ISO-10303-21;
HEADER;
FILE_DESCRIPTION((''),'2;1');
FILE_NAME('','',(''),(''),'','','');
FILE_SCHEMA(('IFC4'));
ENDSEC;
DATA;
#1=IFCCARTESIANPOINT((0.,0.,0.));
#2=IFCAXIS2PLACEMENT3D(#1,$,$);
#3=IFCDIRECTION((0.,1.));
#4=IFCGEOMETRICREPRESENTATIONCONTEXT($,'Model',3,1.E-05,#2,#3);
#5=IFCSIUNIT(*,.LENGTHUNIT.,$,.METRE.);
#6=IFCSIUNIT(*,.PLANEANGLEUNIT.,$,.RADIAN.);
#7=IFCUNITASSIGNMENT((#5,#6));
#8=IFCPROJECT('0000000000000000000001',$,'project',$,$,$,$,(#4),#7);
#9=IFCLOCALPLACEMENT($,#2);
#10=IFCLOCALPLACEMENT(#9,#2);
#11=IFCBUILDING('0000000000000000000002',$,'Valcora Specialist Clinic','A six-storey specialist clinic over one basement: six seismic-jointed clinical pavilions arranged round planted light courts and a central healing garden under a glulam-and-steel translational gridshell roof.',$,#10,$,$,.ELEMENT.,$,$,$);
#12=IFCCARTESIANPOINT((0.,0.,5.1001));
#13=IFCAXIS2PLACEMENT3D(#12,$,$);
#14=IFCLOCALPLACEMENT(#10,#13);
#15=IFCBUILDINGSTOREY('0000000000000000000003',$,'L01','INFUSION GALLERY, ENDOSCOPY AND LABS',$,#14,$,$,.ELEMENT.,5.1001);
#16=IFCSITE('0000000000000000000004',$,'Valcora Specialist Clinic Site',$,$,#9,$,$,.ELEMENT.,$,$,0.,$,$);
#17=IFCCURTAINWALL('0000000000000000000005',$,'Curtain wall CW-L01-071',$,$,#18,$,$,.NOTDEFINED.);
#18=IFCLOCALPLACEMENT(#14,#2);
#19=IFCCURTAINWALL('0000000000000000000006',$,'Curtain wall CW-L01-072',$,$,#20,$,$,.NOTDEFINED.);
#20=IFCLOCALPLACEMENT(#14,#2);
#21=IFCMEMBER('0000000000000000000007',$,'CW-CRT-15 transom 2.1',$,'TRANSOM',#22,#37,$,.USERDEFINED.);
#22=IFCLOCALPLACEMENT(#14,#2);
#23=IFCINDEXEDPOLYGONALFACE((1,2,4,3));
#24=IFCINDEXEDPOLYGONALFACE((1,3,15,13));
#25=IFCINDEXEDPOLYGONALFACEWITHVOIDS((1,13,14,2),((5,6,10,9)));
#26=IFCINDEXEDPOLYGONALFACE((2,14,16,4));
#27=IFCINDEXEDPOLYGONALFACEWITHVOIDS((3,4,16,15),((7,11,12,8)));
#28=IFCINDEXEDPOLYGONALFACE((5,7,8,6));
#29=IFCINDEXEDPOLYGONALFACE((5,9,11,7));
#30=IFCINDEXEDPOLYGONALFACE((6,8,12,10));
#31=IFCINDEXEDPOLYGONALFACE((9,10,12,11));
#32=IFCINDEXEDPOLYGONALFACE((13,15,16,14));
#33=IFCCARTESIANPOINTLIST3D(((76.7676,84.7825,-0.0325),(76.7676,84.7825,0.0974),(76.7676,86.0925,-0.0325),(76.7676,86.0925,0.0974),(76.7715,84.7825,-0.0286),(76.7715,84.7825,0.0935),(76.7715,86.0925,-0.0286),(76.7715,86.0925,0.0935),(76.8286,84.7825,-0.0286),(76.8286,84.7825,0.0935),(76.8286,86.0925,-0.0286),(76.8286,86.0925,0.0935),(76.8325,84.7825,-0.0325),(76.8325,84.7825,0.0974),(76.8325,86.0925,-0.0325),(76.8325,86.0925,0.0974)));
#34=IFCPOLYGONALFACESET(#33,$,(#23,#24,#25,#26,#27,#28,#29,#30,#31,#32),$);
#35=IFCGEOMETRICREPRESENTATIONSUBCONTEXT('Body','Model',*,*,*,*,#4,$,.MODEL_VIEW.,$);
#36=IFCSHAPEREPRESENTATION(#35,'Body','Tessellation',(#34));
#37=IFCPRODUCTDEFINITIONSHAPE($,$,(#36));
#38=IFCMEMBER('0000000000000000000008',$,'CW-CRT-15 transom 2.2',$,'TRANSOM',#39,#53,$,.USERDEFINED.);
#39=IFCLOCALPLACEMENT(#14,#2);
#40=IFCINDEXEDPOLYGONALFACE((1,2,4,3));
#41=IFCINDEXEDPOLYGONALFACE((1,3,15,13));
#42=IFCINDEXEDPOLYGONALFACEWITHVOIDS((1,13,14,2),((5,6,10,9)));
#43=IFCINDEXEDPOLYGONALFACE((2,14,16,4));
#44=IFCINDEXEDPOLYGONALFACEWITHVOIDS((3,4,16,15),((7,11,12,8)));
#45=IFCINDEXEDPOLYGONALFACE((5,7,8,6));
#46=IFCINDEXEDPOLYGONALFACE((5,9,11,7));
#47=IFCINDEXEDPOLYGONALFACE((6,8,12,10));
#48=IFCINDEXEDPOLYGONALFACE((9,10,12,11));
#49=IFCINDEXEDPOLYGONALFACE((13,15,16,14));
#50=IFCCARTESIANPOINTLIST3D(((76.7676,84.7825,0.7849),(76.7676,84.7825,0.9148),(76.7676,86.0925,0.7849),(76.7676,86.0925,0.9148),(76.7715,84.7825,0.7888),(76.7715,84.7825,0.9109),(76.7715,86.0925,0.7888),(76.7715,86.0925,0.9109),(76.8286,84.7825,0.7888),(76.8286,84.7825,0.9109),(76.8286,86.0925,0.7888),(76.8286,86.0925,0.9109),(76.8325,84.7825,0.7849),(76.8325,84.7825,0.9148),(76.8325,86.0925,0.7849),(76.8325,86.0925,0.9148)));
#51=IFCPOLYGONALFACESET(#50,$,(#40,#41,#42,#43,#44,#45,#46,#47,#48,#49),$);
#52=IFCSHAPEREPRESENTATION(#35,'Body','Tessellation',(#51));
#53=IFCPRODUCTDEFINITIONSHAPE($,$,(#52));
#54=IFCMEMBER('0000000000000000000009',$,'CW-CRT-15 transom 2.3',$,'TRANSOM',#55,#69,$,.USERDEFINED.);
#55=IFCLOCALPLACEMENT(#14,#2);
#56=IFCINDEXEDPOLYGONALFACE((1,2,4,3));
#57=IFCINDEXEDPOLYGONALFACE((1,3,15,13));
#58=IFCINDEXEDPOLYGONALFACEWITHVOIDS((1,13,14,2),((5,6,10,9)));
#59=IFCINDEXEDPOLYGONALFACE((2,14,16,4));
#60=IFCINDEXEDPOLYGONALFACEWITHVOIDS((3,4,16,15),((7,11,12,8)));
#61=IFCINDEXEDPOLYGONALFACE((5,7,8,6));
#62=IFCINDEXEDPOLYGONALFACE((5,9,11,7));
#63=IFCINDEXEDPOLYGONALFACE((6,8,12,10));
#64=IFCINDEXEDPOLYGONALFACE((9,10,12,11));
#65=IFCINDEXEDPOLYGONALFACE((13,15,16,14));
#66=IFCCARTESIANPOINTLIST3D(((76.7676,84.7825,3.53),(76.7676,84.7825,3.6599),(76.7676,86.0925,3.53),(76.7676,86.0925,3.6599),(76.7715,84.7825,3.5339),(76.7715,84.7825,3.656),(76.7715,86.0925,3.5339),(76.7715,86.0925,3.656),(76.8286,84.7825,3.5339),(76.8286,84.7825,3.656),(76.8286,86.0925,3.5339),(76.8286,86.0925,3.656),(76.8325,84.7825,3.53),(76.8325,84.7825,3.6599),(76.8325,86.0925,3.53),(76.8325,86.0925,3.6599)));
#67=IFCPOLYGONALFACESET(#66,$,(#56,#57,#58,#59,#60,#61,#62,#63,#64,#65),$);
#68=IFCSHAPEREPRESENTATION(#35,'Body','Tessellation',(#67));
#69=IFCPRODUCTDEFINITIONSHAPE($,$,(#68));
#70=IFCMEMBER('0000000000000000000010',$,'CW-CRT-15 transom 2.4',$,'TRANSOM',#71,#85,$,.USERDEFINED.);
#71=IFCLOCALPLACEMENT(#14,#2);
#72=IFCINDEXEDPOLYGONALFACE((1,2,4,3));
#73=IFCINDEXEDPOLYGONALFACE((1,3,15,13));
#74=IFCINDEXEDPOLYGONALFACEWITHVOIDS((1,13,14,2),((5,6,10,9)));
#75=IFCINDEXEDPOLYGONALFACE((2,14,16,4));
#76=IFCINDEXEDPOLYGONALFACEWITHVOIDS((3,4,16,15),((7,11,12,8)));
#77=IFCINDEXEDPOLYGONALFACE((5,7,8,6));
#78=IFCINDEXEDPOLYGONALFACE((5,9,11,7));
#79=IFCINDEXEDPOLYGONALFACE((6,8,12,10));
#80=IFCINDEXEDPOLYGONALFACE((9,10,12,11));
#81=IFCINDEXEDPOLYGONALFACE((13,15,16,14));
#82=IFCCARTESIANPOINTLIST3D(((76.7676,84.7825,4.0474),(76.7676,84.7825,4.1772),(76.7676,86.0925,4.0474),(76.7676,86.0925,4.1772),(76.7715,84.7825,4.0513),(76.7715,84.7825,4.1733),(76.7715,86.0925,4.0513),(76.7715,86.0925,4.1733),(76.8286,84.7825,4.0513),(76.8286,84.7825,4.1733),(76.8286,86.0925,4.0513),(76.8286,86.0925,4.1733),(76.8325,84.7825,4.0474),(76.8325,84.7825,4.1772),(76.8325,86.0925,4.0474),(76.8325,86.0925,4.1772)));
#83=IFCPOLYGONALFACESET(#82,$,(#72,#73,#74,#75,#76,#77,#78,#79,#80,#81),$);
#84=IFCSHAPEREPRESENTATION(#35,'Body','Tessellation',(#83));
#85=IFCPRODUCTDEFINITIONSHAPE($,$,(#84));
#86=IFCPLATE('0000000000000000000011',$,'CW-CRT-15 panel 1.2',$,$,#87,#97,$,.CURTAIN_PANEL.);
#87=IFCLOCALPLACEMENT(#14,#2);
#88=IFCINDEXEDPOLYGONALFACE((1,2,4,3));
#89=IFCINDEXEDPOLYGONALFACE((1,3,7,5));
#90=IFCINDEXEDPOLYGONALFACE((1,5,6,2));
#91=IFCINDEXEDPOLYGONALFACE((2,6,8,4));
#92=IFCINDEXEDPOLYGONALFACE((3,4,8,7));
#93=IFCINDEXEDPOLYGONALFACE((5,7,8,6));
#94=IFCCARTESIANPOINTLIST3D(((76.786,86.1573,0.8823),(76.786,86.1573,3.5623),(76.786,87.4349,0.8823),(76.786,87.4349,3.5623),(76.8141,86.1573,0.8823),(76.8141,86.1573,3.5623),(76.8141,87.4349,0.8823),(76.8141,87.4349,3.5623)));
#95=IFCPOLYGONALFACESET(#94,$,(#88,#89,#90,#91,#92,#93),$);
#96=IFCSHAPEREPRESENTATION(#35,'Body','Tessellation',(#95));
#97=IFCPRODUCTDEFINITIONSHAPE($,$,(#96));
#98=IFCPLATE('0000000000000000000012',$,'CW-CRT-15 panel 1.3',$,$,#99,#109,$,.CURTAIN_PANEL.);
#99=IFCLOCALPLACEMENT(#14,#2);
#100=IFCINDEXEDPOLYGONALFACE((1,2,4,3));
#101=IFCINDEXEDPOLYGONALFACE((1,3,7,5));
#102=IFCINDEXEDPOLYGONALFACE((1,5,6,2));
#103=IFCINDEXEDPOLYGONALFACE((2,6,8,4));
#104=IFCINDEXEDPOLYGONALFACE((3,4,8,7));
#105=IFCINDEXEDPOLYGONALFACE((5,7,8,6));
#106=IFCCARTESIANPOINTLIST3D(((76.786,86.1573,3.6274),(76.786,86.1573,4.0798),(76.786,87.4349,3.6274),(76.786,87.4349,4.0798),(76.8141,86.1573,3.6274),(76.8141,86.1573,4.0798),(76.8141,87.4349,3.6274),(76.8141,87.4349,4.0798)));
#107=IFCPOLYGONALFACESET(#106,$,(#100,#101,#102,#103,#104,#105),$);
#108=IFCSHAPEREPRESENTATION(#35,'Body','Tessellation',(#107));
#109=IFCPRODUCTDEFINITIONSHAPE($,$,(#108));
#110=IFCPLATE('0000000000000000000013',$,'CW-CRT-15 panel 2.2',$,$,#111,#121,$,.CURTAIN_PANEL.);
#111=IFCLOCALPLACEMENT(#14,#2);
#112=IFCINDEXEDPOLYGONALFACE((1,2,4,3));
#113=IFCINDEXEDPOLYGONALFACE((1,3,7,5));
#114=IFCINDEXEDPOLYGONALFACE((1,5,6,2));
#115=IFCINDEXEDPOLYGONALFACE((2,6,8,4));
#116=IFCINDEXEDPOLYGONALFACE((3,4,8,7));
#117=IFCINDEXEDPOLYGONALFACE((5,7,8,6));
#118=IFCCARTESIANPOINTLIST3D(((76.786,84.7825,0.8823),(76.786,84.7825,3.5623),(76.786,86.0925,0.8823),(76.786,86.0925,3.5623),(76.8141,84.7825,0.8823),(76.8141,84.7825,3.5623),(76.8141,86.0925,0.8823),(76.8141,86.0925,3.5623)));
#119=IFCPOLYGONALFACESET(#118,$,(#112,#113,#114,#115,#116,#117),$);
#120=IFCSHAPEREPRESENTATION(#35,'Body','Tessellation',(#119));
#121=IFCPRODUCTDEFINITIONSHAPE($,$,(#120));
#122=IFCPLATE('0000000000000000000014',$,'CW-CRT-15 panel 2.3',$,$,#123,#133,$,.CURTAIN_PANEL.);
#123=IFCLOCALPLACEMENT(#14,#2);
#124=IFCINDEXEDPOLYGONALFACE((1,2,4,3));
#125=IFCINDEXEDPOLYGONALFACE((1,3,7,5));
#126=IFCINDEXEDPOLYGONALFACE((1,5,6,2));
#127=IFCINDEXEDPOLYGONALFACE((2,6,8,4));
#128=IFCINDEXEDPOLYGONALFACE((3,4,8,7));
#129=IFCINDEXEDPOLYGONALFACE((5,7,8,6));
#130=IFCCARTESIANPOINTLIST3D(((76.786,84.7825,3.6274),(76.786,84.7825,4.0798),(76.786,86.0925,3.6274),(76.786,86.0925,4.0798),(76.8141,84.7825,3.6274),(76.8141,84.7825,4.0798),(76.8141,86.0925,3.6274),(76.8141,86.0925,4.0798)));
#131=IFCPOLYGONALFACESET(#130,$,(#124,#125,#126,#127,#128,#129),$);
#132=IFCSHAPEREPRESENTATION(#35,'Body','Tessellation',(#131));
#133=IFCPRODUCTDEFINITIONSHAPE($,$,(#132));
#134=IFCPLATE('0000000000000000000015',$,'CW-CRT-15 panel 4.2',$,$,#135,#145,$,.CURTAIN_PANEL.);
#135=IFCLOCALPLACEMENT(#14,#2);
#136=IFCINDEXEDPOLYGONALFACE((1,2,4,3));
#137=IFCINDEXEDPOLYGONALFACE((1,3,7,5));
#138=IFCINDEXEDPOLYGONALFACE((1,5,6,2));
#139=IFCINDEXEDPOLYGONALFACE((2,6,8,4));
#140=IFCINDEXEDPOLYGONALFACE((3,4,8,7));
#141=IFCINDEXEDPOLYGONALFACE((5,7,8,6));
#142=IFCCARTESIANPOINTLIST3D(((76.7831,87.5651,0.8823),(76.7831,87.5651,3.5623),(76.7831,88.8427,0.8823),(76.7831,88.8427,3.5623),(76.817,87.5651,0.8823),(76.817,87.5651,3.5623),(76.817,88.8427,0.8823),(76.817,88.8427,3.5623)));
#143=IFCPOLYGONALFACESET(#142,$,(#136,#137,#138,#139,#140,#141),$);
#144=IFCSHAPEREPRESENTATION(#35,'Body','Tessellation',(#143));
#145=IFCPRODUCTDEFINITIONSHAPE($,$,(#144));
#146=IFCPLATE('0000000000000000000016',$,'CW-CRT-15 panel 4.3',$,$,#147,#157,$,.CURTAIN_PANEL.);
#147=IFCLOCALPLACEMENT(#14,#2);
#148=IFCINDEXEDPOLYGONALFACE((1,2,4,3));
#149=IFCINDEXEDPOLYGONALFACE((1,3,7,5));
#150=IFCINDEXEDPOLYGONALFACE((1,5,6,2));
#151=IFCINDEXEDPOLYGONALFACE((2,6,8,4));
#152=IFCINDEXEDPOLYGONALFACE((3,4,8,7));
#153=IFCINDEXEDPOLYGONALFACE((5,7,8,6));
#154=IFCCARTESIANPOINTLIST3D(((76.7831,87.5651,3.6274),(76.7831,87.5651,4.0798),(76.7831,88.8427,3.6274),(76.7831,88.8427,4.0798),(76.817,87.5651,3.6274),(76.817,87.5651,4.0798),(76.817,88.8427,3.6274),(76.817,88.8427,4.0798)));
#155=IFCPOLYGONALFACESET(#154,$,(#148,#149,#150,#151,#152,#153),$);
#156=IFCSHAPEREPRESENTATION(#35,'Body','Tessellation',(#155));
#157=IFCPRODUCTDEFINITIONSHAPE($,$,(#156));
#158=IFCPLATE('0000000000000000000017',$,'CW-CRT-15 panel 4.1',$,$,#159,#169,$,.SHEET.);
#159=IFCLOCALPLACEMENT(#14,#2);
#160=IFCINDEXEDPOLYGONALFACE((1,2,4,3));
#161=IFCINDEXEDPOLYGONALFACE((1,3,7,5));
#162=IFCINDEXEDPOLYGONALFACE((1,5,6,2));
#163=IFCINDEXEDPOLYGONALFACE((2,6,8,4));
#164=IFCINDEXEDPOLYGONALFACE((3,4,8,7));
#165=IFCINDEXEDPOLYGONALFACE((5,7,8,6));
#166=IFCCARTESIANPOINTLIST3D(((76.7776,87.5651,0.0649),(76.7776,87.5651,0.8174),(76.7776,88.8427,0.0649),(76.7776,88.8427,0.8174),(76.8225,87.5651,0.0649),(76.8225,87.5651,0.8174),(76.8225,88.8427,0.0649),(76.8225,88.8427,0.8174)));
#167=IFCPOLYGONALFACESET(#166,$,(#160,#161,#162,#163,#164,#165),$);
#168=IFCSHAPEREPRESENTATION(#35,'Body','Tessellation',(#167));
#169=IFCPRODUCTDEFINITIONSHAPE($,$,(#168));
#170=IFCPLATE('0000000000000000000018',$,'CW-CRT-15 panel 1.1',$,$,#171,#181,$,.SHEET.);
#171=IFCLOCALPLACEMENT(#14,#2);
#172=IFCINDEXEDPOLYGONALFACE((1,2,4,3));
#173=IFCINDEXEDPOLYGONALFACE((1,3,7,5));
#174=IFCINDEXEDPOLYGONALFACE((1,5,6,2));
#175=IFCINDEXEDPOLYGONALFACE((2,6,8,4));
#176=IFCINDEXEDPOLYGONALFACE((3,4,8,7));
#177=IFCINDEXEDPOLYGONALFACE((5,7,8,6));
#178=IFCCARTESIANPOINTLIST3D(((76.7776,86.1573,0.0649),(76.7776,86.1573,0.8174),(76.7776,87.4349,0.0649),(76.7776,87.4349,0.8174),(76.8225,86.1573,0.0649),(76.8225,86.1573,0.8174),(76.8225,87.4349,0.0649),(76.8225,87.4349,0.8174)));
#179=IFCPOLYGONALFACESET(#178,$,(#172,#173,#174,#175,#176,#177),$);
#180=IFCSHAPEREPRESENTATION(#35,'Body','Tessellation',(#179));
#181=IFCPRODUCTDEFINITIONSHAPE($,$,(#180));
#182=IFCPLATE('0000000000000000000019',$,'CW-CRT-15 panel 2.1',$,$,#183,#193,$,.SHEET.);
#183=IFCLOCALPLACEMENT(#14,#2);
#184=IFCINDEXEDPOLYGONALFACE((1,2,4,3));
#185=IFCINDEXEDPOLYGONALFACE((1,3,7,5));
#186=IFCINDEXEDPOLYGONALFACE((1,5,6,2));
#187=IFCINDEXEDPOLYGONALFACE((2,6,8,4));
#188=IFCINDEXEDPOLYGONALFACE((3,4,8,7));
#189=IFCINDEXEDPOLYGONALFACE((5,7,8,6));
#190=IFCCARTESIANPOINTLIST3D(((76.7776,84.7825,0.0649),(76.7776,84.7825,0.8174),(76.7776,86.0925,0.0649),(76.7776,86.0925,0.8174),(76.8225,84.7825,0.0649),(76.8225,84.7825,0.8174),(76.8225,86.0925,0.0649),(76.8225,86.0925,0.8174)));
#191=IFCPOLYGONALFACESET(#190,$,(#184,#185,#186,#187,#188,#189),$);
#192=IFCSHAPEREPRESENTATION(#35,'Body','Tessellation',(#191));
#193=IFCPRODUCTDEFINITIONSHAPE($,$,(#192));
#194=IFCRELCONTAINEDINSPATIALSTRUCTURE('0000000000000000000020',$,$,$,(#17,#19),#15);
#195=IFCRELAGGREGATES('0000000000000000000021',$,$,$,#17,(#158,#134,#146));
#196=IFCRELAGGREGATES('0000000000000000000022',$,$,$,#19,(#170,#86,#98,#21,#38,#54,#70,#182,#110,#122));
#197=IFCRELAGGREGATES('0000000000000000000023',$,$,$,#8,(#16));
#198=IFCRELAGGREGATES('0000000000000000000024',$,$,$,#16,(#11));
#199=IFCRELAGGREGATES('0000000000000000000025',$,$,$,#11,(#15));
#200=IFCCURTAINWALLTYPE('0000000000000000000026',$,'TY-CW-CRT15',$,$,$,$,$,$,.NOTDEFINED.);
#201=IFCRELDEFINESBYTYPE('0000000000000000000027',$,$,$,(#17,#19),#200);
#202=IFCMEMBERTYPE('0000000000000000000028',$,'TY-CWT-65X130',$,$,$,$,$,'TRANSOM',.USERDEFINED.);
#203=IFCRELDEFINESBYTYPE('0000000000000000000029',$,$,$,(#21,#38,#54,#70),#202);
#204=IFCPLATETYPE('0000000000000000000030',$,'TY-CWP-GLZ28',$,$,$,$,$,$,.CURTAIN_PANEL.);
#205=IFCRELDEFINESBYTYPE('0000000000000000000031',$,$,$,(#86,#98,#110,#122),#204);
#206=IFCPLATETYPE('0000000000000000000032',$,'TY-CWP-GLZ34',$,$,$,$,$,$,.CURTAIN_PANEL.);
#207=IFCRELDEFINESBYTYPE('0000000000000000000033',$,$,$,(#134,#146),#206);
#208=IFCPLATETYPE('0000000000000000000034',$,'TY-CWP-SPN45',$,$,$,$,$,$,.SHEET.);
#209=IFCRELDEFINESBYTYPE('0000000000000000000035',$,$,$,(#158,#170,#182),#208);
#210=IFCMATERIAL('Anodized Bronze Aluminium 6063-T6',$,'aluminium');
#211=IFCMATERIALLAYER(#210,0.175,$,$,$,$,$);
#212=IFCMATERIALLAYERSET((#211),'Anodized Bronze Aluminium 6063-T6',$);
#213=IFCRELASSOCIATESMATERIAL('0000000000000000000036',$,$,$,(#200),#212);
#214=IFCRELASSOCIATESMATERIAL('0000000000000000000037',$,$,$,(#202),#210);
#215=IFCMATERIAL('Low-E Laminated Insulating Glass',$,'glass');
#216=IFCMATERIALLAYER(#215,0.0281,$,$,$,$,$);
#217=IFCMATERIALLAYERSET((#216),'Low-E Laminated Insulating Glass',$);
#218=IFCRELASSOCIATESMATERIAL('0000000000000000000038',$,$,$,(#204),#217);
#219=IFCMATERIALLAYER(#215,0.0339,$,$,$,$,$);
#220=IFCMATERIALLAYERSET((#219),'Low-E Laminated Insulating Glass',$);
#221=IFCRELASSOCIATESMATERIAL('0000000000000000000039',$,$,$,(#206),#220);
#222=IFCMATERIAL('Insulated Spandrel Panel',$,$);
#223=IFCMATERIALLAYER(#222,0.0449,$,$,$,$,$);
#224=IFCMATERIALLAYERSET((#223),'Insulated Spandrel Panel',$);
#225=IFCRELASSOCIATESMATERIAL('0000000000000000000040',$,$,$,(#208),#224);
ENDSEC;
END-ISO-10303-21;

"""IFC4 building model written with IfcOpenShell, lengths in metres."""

from ifc_helpers import new_model, si_unit, direction, frame, origin, origin_2d, place, context, subcontext, project, spatial, rectangle, hollow_rectangle, extrude, material, layer, layer_set, material_profile, profile_set, type_object, element, aggregate, save


model = new_model("IFC4")

# Units and contexts
model_context = context("Model", 3, precision=1e-05, world=origin(), true_north=direction((0.0, 1.0)))
body_context = subcontext(model_context, "Body", "Model", "MODEL_VIEW")
ifc_project = project(units=[si_unit("LENGTHUNIT", "METRE"), si_unit("PLANEANGLEUNIT", "RADIAN")], contexts=[model_context])

# Site, building, storey
site_placement = place(None, origin())
site = spatial("IfcSite", under=ifc_project, at=site_placement, Name="Valcora Specialist Clinic Site", CompositionType="ELEMENT", RefElevation=0.0)
building_placement = place(site_placement, origin())
building = spatial("IfcBuilding", under=site, at=building_placement, Name="Valcora Specialist Clinic", Description="A six-storey specialist clinic over one basement: six seismic-jointed clinical pavilions arranged round planted light courts and a central healing garden under a glulam-and-steel translational gridshell roof.", CompositionType="ELEMENT")
storey_placement = place(building_placement, frame((0.0, 0.0, 5.1001)))
storey = spatial("IfcBuildingStorey", under=building, at=storey_placement, Name="L01", Description="INFUSION GALLERY, ENDOSCOPY AND LABS", CompositionType="ELEMENT", Elevation=5.1001)

# Curtain wall
ifc_material_1 = material(Name="Anodized Bronze Aluminium 6063-T6", Category="aluminium")
ifc_layer_1 = layer(ifc_material_1, 0.175)
ifc_layer_set_1 = layer_set([ifc_layer_1], Name="Anodized Bronze Aluminium 6063-T6")
curtain_wall_type = type_object("IfcCurtainWallType", Name="TY-CW-CRT15", PredefinedType="NOTDEFINED", material=ifc_layer_set_1)
curtain_wall_1_placement = place(storey_placement, origin())
curtain_wall_1 = element("IfcCurtainWall", 1, at=curtain_wall_1_placement, inside=storey, type_object=curtain_wall_type, Name="Curtain wall CW-L01-071", PredefinedType="NOTDEFINED")

# Curtain wall
curtain_wall_2_placement = place(storey_placement, origin())
curtain_wall_2 = element("IfcCurtainWall", 2, at=curtain_wall_2_placement, inside=storey, type_object=curtain_wall_type, Name="Curtain wall CW-L01-072", PredefinedType="NOTDEFINED")

# Members
ifc_material_profile_1 = material_profile(ifc_material_1, hollow_rectangle(XDim=0.0649, YDim=0.1299, WallThickness=0.0039, at=origin_2d()), Name="AL-TRN-65X130")
ifc_profile_set_1 = profile_set([ifc_material_profile_1], Name="Anodized Bronze Aluminium 6063-T6")
member_type_1 = type_object("IfcMemberType", Name="TY-CWT-65X130", ElementType="TRANSOM", PredefinedType="USERDEFINED", material=ifc_profile_set_1)
member_1_placement = place(storey_placement, frame((76.8, 86.0925, 0.0325), z_axis=(0.0, -1.0, 0.0), x_axis=(1.0, 0.0, 0.0)))
member_1 = element("IfcMember", 3, at=member_1_placement, type_object=member_type_1, Name="CW-CRT-15 transom 2.1", ObjectType="TRANSOM", PredefinedType="USERDEFINED", context=body_context, shape_type="SweptSolid", body=[
    extrude(hollow_rectangle(XDim=0.0649, YDim=0.1299, WallThickness=0.0039, at=origin_2d()), origin(), (0.0, 0.0, 1.0), 1.3101),
])
member_2_placement = place(storey_placement, frame((76.8, 86.0925, 0.8499), z_axis=(0.0, -1.0, 0.0), x_axis=(1.0, 0.0, 0.0)))
member_2 = element("IfcMember", 4, at=member_2_placement, type_object=member_type_1, Name="CW-CRT-15 transom 2.2", ObjectType="TRANSOM", PredefinedType="USERDEFINED", context=body_context, shape_type="SweptSolid", body=[
    extrude(hollow_rectangle(XDim=0.0649, YDim=0.1299, WallThickness=0.0039, at=origin_2d()), origin(), (0.0, 0.0, 1.0), 1.3101),
])
member_3_placement = place(storey_placement, frame((76.8, 86.0925, 3.595), z_axis=(0.0, -1.0, 0.0), x_axis=(1.0, 0.0, 0.0)))
member_3 = element("IfcMember", 5, at=member_3_placement, type_object=member_type_1, Name="CW-CRT-15 transom 2.3", ObjectType="TRANSOM", PredefinedType="USERDEFINED", context=body_context, shape_type="SweptSolid", body=[
    extrude(hollow_rectangle(XDim=0.0649, YDim=0.1299, WallThickness=0.0039, at=origin_2d()), origin(), (0.0, 0.0, 1.0), 1.3101),
])
member_4_placement = place(storey_placement, frame((76.8, 86.0925, 4.1123), z_axis=(0.0, -1.0, 0.0), x_axis=(1.0, 0.0, 0.0)))
member_4 = element("IfcMember", 6, at=member_4_placement, type_object=member_type_1, Name="CW-CRT-15 transom 2.4", ObjectType="TRANSOM", PredefinedType="USERDEFINED", context=body_context, shape_type="SweptSolid", body=[
    extrude(hollow_rectangle(XDim=0.0649, YDim=0.1299, WallThickness=0.0039, at=origin_2d()), origin(), (0.0, 0.0, 1.0), 1.3101),
])

# Plates
ifc_material_2 = material(Name="Low-E Laminated Insulating Glass", Category="glass")
ifc_layer_2 = layer(ifc_material_2, 0.0281)
ifc_layer_set_2 = layer_set([ifc_layer_2], Name="Low-E Laminated Insulating Glass")
plate_type_1 = type_object("IfcPlateType", Name="TY-CWP-GLZ28", PredefinedType="CURTAIN_PANEL", material=ifc_layer_set_2)
plate_1_placement = place(storey_placement, frame((76.8, 86.7961, 0.8823), z_axis=(0.0, 0.0, 1.0), x_axis=(0.0, -1.0, 0.0)))
plate_1 = element("IfcPlate", 7, at=plate_1_placement, type_object=plate_type_1, Name="CW-CRT-15 panel 1.2", PredefinedType="CURTAIN_PANEL", context=body_context, shape_type="SweptSolid", body=[
    extrude(rectangle(XDim=1.2776, YDim=0.0281, at=origin_2d()), origin(), (0.0, 0.0, 1.0), 2.6799),
])
plate_2_placement = place(storey_placement, frame((76.8, 86.7961, 3.6274), z_axis=(0.0, 0.0, 1.0), x_axis=(0.0, -1.0, 0.0)))
plate_2 = element("IfcPlate", 8, at=plate_2_placement, type_object=plate_type_1, Name="CW-CRT-15 panel 1.3", PredefinedType="CURTAIN_PANEL", context=body_context, shape_type="SweptSolid", body=[
    extrude(rectangle(XDim=1.2776, YDim=0.0281, at=origin_2d()), origin(), (0.0, 0.0, 1.0), 0.4524),
])
plate_3_placement = place(storey_placement, frame((76.8, 85.4375, 0.8823), z_axis=(0.0, 0.0, 1.0), x_axis=(0.0, -1.0, 0.0)))
plate_3 = element("IfcPlate", 9, at=plate_3_placement, type_object=plate_type_1, Name="CW-CRT-15 panel 2.2", PredefinedType="CURTAIN_PANEL", context=body_context, shape_type="SweptSolid", body=[
    extrude(rectangle(XDim=1.3101, YDim=0.0281, at=origin_2d()), origin(), (0.0, 0.0, 1.0), 2.6799),
])
plate_4_placement = place(storey_placement, frame((76.8, 85.4375, 3.6274), z_axis=(0.0, 0.0, 1.0), x_axis=(0.0, -1.0, 0.0)))
plate_4 = element("IfcPlate", 10, at=plate_4_placement, type_object=plate_type_1, Name="CW-CRT-15 panel 2.3", PredefinedType="CURTAIN_PANEL", context=body_context, shape_type="SweptSolid", body=[
    extrude(rectangle(XDim=1.3101, YDim=0.0281, at=origin_2d()), origin(), (0.0, 0.0, 1.0), 0.4524),
])
ifc_layer_3 = layer(ifc_material_2, 0.0339)
ifc_layer_set_3 = layer_set([ifc_layer_3], Name="Low-E Laminated Insulating Glass")
plate_type_2 = type_object("IfcPlateType", Name="TY-CWP-GLZ34", PredefinedType="CURTAIN_PANEL", material=ifc_layer_set_3)
plate_5_placement = place(storey_placement, frame((76.8, 88.2039, 0.8823), z_axis=(0.0, 0.0, 1.0), x_axis=(0.0, -1.0, 0.0)))
plate_5 = element("IfcPlate", 11, at=plate_5_placement, type_object=plate_type_2, Name="CW-CRT-15 panel 4.2", PredefinedType="CURTAIN_PANEL", context=body_context, shape_type="SweptSolid", body=[
    extrude(rectangle(XDim=1.2776, YDim=0.0339, at=origin_2d()), origin(), (0.0, 0.0, 1.0), 2.6799),
])
plate_6_placement = place(storey_placement, frame((76.8, 88.2039, 3.6274), z_axis=(0.0, 0.0, 1.0), x_axis=(0.0, -1.0, 0.0)))
plate_6 = element("IfcPlate", 12, at=plate_6_placement, type_object=plate_type_2, Name="CW-CRT-15 panel 4.3", PredefinedType="CURTAIN_PANEL", context=body_context, shape_type="SweptSolid", body=[
    extrude(rectangle(XDim=1.2776, YDim=0.0339, at=origin_2d()), origin(), (0.0, 0.0, 1.0), 0.4524),
])
ifc_material_3 = material(Name="Insulated Spandrel Panel")
ifc_layer_4 = layer(ifc_material_3, 0.0449)
ifc_layer_set_4 = layer_set([ifc_layer_4], Name="Insulated Spandrel Panel")
plate_type_3 = type_object("IfcPlateType", Name="TY-CWP-SPN45", PredefinedType="SHEET", material=ifc_layer_set_4)
plate_7_placement = place(storey_placement, frame((76.8, 88.2039, 0.0649), z_axis=(0.0, 0.0, 1.0), x_axis=(0.0, -1.0, 0.0)))
plate_7 = element("IfcPlate", 13, at=plate_7_placement, type_object=plate_type_3, Name="CW-CRT-15 panel 4.1", PredefinedType="SHEET", context=body_context, shape_type="SweptSolid", body=[
    extrude(rectangle(XDim=1.2776, YDim=0.0449, at=origin_2d()), origin(), (0.0, 0.0, 1.0), 0.7524),
])
aggregate(curtain_wall_1, [plate_7, plate_5, plate_6])
plate_8_placement = place(storey_placement, frame((76.8, 86.7961, 0.0649), z_axis=(0.0, 0.0, 1.0), x_axis=(0.0, -1.0, 0.0)))
plate_8 = element("IfcPlate", 14, at=plate_8_placement, type_object=plate_type_3, Name="CW-CRT-15 panel 1.1", PredefinedType="SHEET", context=body_context, shape_type="SweptSolid", body=[
    extrude(rectangle(XDim=1.2776, YDim=0.0449, at=origin_2d()), origin(), (0.0, 0.0, 1.0), 0.7524),
])
plate_9_placement = place(storey_placement, frame((76.8, 85.4375, 0.0649), z_axis=(0.0, 0.0, 1.0), x_axis=(0.0, -1.0, 0.0)))
plate_9 = element("IfcPlate", 15, at=plate_9_placement, type_object=plate_type_3, Name="CW-CRT-15 panel 2.1", PredefinedType="SHEET", context=body_context, shape_type="SweptSolid", body=[
    extrude(rectangle(XDim=1.3101, YDim=0.0449, at=origin_2d()), origin(), (0.0, 0.0, 1.0), 0.7524),
])
aggregate(curtain_wall_2, [plate_8, plate_1, plate_2, member_1, member_2, member_3, member_4, plate_9, plate_3, plate_4])

save(model, "model.ifc")
